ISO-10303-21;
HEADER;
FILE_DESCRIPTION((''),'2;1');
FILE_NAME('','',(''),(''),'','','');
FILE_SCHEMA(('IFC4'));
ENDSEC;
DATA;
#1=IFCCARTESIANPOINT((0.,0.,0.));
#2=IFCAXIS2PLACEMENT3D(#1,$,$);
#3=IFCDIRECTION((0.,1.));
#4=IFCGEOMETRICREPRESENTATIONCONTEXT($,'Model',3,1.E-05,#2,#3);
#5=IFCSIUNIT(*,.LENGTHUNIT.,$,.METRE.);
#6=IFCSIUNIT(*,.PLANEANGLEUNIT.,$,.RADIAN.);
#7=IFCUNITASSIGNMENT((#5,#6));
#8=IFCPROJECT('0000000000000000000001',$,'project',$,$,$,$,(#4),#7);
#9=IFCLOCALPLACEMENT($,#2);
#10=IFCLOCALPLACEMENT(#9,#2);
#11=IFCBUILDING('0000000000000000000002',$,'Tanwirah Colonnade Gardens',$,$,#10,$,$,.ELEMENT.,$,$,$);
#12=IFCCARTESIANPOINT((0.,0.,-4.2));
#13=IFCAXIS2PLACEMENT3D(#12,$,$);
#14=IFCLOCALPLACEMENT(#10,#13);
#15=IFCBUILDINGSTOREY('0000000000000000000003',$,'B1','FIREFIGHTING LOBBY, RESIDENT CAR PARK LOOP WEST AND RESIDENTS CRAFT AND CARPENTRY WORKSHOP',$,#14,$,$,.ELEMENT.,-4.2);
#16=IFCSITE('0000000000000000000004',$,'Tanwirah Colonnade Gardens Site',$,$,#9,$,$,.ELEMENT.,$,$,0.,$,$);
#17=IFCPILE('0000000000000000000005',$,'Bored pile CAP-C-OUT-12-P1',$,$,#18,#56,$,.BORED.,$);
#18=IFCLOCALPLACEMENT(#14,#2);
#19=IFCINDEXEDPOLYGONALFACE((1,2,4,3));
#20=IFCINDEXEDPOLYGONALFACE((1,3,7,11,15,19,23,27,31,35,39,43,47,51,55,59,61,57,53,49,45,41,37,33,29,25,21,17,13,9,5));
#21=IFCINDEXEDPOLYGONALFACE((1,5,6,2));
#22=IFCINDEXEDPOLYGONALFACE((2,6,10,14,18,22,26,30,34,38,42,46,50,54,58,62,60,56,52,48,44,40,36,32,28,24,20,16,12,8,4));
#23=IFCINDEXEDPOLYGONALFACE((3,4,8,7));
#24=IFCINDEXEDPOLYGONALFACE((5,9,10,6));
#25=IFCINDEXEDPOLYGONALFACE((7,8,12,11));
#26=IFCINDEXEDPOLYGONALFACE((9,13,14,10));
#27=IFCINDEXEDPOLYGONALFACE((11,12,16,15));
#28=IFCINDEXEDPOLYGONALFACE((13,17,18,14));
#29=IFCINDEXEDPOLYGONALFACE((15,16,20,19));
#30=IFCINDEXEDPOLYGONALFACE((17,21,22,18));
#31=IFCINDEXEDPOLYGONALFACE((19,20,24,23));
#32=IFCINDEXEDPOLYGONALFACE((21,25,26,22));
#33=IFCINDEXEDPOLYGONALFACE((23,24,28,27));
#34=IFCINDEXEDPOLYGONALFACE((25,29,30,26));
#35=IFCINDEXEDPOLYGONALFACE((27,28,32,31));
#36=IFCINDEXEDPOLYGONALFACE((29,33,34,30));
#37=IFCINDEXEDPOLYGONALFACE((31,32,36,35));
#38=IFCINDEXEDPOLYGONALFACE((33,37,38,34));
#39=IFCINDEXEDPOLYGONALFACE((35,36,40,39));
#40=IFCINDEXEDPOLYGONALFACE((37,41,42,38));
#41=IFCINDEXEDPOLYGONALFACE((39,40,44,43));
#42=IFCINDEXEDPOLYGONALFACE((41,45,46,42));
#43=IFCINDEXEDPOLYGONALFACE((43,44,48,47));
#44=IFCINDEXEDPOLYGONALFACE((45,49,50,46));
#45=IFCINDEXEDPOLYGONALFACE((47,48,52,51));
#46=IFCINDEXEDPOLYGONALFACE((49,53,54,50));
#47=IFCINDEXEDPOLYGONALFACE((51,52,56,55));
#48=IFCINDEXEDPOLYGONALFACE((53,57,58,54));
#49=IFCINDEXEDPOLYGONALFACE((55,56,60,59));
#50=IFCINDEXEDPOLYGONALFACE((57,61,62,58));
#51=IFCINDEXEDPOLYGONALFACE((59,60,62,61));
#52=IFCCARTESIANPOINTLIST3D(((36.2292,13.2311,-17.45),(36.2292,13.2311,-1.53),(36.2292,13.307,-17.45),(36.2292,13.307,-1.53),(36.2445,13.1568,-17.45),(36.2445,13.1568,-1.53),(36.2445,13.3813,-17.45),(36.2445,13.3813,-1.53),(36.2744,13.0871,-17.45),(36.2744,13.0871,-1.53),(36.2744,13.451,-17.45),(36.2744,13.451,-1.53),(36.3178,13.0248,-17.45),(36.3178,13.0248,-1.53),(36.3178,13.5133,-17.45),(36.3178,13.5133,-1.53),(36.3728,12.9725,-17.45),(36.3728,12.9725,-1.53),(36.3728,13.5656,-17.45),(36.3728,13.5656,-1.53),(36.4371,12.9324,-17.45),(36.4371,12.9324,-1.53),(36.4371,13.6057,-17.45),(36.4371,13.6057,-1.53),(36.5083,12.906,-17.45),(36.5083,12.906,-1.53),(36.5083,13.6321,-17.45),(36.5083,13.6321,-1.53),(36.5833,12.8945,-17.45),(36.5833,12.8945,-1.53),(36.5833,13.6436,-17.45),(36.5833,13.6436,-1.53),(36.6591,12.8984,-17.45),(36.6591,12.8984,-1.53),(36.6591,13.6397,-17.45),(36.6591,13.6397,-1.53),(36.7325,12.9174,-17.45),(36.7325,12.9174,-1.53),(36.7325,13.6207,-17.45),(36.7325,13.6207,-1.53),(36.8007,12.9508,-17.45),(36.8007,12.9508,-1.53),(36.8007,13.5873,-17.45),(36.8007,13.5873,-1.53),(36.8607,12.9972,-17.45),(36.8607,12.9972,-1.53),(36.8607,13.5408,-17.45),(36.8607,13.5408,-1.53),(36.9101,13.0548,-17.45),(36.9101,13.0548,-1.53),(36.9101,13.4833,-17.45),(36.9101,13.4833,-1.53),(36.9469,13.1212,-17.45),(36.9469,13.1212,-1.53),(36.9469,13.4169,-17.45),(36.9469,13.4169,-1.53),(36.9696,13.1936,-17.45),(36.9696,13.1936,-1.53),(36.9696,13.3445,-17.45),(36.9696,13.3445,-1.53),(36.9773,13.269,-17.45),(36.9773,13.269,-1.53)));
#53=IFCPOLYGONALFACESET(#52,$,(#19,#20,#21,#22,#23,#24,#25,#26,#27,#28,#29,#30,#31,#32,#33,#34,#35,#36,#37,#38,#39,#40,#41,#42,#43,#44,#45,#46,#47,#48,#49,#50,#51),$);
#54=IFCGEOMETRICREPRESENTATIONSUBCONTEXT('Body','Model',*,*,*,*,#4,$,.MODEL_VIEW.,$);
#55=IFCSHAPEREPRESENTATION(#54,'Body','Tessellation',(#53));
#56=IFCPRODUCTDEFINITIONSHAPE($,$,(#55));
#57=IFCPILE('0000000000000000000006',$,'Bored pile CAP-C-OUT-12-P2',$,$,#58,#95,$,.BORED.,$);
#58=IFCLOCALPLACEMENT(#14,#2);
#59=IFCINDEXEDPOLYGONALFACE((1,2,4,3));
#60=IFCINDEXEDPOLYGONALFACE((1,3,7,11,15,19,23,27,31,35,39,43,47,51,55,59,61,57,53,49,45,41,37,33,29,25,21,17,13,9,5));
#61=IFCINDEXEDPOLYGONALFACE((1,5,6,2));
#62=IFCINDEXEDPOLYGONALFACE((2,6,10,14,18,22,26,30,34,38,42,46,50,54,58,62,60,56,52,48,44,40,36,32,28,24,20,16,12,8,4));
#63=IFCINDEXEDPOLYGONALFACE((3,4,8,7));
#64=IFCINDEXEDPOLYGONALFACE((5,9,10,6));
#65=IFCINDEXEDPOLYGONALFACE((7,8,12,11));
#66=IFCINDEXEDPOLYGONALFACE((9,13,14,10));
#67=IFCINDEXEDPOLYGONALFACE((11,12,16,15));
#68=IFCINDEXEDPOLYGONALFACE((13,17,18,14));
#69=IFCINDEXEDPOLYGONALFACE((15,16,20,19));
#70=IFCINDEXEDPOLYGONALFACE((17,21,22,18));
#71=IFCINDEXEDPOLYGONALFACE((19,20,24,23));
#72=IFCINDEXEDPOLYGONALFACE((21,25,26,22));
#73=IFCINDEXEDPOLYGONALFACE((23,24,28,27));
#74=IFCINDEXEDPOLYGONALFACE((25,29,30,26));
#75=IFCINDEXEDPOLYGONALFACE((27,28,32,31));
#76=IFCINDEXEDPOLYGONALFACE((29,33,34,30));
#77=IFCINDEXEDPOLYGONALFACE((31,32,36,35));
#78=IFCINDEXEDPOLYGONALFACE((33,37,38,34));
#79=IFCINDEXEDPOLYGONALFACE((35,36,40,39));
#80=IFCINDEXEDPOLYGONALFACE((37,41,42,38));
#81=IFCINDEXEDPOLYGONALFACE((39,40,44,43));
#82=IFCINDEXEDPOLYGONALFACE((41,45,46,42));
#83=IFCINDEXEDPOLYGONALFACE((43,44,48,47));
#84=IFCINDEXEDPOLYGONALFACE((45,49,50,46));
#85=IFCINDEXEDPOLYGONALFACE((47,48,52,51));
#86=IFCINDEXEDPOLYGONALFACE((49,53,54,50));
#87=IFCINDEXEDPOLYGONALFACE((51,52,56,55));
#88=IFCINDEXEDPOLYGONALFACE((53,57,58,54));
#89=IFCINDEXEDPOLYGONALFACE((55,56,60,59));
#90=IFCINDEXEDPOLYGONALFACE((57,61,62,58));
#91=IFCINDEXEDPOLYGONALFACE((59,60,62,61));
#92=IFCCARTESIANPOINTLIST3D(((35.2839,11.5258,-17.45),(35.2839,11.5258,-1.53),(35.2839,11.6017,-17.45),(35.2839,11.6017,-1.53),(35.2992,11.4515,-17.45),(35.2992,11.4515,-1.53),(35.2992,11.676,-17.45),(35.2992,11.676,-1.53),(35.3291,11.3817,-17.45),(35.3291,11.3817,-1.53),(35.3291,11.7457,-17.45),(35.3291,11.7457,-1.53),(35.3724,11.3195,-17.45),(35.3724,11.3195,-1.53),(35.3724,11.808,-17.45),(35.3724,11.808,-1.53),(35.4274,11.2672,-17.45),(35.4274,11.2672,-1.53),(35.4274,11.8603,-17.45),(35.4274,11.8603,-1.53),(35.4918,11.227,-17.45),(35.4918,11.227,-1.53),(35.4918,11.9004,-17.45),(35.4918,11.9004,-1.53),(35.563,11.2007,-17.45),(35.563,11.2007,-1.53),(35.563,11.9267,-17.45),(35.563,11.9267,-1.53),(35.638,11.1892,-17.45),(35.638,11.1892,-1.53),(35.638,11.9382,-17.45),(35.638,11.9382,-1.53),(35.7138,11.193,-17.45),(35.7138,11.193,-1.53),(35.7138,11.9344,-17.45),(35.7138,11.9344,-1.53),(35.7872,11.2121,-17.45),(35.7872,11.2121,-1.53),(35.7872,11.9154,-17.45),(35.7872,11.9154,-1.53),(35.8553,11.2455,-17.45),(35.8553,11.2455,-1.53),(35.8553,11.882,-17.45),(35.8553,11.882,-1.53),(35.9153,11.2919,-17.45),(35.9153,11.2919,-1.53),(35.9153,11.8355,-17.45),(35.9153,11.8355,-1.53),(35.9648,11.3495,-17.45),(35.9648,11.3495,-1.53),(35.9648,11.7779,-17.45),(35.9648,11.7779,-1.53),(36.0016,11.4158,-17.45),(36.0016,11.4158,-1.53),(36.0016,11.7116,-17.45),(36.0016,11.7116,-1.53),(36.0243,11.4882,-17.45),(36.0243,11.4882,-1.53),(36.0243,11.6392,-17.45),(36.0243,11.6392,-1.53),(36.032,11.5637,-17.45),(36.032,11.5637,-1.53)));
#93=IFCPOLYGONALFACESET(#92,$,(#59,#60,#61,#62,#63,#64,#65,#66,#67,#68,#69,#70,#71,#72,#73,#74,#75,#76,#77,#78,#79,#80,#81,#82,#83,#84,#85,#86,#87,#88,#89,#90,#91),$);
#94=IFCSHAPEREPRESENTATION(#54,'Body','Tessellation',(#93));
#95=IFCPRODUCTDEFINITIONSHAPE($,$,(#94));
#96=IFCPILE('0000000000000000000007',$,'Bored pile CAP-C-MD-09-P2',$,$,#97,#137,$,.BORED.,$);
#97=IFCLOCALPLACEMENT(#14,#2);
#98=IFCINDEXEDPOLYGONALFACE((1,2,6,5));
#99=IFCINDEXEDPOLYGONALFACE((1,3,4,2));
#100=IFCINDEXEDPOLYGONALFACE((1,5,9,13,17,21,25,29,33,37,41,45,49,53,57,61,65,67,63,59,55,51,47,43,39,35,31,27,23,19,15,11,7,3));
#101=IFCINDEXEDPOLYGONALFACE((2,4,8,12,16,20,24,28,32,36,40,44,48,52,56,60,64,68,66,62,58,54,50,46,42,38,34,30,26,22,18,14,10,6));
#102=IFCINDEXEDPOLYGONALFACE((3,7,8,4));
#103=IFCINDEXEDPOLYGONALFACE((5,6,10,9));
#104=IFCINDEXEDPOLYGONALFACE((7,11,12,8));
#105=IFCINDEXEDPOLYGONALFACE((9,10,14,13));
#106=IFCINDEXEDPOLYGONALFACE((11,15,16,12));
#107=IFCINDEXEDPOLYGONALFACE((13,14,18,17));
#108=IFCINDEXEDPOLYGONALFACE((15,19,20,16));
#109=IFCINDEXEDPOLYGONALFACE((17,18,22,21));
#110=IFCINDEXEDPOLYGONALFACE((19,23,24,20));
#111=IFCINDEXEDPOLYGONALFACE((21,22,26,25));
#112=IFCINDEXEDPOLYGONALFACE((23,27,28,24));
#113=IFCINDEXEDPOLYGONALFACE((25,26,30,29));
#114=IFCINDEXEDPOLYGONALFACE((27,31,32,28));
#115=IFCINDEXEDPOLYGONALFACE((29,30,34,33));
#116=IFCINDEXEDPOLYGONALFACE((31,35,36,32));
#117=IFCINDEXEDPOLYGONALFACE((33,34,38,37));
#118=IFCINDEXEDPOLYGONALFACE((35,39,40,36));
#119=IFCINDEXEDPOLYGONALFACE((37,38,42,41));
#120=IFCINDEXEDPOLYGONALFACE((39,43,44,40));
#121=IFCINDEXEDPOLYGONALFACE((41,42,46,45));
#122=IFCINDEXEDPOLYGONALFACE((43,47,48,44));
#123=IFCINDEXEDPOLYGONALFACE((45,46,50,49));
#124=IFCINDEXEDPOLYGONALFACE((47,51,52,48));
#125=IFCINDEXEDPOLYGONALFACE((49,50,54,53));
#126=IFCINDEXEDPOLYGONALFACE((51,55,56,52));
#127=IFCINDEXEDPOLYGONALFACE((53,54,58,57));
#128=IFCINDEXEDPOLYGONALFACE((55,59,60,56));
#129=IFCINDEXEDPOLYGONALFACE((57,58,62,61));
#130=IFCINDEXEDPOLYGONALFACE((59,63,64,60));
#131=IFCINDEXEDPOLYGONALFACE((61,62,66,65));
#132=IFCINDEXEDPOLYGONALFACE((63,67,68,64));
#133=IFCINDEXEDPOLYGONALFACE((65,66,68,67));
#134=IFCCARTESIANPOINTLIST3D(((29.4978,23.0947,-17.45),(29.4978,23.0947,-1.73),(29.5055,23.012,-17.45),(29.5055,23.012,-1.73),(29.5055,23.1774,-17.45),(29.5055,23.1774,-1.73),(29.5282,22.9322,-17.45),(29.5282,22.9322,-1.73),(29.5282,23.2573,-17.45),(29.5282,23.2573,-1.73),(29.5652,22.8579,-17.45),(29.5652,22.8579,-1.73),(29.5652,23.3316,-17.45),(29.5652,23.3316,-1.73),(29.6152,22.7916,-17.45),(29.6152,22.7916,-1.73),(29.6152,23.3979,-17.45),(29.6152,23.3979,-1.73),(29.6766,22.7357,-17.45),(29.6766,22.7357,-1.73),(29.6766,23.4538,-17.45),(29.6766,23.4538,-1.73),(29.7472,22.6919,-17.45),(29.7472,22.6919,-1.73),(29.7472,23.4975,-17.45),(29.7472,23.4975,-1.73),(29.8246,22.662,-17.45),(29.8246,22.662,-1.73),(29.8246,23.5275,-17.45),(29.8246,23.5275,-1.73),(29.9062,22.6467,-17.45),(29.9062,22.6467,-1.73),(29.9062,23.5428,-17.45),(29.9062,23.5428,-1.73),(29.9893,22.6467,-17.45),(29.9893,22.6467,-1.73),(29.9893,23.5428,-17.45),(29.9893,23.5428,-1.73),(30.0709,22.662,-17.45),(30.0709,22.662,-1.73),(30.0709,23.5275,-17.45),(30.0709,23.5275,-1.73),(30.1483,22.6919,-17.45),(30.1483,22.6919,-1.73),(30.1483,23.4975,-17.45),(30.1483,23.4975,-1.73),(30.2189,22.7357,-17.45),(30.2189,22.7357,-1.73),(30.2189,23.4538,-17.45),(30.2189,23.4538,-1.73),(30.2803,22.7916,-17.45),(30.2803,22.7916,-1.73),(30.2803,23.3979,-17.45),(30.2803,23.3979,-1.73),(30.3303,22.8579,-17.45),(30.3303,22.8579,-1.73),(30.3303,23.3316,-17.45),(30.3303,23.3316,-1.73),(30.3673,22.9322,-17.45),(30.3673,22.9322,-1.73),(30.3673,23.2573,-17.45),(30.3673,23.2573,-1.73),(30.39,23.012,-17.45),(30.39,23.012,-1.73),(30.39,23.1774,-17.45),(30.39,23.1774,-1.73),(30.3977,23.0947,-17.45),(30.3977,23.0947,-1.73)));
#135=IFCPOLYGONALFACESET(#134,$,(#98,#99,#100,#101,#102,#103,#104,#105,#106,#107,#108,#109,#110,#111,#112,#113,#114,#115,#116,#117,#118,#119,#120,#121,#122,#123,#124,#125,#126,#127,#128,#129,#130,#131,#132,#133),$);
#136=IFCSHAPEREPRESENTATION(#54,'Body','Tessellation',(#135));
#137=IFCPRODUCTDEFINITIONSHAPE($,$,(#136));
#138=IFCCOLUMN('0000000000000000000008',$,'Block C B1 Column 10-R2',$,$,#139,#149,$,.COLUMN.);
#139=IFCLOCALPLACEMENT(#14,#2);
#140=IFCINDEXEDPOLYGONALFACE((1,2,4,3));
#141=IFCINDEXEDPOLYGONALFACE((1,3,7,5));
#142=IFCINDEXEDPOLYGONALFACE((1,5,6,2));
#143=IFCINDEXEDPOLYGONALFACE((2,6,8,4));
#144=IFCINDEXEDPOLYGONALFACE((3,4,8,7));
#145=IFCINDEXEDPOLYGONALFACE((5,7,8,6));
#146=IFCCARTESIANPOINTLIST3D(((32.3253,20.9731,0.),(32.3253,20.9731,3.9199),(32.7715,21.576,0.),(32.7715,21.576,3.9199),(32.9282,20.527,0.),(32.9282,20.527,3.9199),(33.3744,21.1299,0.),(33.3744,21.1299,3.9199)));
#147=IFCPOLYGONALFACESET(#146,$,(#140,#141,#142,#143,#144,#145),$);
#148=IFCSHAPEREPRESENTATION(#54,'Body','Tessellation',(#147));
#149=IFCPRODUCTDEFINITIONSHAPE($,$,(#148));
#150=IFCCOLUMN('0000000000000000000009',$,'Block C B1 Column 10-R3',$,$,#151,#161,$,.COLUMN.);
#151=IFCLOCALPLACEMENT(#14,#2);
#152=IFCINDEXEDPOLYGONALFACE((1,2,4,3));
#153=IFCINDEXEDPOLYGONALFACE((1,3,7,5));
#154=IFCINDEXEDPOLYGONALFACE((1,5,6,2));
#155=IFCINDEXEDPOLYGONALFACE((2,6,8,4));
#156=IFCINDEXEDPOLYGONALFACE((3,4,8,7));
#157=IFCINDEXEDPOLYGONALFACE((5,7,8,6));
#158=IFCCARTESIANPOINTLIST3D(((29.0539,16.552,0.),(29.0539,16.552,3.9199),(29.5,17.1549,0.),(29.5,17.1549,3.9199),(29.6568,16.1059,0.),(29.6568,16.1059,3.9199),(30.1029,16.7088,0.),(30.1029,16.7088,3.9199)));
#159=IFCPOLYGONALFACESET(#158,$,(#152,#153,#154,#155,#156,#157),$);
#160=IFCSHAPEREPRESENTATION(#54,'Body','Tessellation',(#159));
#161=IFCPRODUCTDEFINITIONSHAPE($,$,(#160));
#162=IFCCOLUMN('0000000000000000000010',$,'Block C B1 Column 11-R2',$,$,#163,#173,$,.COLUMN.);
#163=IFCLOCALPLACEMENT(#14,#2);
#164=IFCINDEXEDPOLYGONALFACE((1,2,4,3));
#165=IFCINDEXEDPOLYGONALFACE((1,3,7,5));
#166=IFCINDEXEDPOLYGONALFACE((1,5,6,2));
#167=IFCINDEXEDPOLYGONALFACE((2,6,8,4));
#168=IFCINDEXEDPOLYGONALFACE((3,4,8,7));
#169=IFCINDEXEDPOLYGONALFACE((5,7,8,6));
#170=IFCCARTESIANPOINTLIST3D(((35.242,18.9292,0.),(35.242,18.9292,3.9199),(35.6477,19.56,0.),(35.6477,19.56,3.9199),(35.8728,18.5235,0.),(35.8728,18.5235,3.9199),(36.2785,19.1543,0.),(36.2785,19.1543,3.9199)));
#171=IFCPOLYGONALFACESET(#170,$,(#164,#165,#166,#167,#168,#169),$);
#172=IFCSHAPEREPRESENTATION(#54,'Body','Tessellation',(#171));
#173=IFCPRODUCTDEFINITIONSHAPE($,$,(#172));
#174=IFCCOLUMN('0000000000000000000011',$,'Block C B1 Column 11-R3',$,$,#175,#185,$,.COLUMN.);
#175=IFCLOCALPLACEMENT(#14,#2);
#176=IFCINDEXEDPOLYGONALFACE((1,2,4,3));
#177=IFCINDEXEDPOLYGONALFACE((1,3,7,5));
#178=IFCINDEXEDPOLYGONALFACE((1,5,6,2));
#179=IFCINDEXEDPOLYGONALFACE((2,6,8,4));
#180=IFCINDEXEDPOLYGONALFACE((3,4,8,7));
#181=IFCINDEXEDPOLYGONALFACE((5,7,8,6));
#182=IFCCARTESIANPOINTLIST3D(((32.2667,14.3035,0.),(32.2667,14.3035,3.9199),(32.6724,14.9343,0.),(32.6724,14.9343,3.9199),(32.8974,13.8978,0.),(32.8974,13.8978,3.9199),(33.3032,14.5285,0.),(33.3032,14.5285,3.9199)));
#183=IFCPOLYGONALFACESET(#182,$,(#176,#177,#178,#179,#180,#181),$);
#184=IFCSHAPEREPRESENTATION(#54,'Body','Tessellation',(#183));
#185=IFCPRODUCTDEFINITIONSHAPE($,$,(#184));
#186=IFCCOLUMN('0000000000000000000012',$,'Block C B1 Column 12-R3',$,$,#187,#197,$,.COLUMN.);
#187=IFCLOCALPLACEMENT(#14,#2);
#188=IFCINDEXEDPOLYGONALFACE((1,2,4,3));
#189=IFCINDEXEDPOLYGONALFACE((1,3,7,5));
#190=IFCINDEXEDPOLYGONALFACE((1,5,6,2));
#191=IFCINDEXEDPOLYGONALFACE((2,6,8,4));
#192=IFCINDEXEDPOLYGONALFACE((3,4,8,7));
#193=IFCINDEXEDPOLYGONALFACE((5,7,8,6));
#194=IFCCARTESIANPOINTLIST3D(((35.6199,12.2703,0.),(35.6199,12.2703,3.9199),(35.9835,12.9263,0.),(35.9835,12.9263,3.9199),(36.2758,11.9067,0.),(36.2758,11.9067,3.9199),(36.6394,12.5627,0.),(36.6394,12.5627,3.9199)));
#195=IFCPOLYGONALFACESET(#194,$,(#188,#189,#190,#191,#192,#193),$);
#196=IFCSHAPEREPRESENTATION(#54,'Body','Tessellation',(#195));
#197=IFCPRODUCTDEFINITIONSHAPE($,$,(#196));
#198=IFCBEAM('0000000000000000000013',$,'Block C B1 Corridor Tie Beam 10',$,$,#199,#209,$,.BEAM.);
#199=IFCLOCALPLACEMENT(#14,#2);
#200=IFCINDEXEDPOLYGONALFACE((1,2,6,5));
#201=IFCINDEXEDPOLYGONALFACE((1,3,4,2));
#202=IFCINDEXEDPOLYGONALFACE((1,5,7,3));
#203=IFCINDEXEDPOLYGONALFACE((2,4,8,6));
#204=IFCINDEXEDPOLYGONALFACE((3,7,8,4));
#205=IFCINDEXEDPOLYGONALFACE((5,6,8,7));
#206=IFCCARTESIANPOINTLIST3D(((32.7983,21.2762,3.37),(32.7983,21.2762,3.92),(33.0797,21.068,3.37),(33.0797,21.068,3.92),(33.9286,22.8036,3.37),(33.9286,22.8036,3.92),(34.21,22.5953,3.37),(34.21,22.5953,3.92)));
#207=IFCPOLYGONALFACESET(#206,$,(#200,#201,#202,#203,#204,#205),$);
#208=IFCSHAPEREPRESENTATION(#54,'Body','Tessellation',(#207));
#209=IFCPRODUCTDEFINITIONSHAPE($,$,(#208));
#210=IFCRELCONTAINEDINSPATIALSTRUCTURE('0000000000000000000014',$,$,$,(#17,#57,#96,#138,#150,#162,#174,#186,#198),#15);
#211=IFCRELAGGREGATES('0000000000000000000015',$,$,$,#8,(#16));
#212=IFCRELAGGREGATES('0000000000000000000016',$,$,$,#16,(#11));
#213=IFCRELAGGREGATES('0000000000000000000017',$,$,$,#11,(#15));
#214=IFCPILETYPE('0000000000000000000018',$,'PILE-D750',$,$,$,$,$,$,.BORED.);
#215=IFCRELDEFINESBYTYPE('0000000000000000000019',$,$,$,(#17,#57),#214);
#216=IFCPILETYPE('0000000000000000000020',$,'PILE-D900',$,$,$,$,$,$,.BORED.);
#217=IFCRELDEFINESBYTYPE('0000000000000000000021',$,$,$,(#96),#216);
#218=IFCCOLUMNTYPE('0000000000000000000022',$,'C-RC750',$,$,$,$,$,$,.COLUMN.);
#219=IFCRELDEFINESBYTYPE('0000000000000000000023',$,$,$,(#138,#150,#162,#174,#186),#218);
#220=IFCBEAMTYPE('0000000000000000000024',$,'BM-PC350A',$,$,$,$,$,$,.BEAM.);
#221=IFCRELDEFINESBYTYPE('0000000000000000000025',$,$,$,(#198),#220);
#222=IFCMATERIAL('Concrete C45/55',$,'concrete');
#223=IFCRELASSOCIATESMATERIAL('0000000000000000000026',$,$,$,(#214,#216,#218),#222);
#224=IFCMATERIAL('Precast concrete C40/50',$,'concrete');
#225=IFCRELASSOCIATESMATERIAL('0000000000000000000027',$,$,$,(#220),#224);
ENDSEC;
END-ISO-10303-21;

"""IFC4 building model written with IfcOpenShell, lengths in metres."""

from ifc_helpers import new_model, si_unit, direction, frame, origin, origin_2d, place, context, subcontext, project, spatial, rectangle, circle, extrude, material, material_profile, profile_set, type_object, element, save


model = new_model("IFC4")

# Units and contexts
model_context = context("Model", 3, precision=1e-05, world=origin(), true_north=direction((0.0, 1.0)))
body_context = subcontext(model_context, "Body", "Model", "MODEL_VIEW")
ifc_project = project(units=[si_unit("LENGTHUNIT", "METRE"), si_unit("PLANEANGLEUNIT", "RADIAN")], contexts=[model_context])

# Site, building, storey
site_placement = place(None, origin())
site = spatial("IfcSite", under=ifc_project, at=site_placement, Name="Tanwirah Colonnade Gardens Site", CompositionType="ELEMENT", RefElevation=0.0)
building_placement = place(site_placement, origin())
building = spatial("IfcBuilding", under=site, at=building_placement, Name="Tanwirah Colonnade Gardens", CompositionType="ELEMENT")
storey_placement = place(building_placement, frame((0.0, 0.0, -4.2)))
storey = spatial("IfcBuildingStorey", under=building, at=storey_placement, Name="B1", Description="FIREFIGHTING LOBBY, RESIDENT CAR PARK LOOP WEST AND RESIDENTS CRAFT AND CARPENTRY WORKSHOP", CompositionType="ELEMENT", Elevation=-4.2)

# Shared definitions
ifc_material_1 = material(Name="Concrete C45/55", Category="concrete")

# Piles
ifc_material_profile_1 = material_profile(ifc_material_1, circle(Radius=0.375, at=origin_2d()), Name="PILE D750")
ifc_profile_set_1 = profile_set([ifc_material_profile_1], Name="Concrete C45/55")
pile_type_1 = type_object("IfcPileType", Name="PILE-D750", PredefinedType="BORED", material=ifc_profile_set_1)
for number, where, z_axis, x_axis, name in (
    (1, (36.6023, 13.269, -1.53), (0.0, 0.0, -1.0), (1.0, 0.0, 0.0), "Bored pile CAP-C-OUT-12-P1"),
    (2, (35.657, 11.5637, -1.53), (0.0, 0.0, -1.0), (1.0, 0.0, 0.0), "Bored pile CAP-C-OUT-12-P2"),
):
    element("IfcPile", number, at=place(storey_placement, frame(where, z_axis=z_axis, x_axis=x_axis)), inside=storey, type_object=pile_type_1, Name=name, PredefinedType="BORED", context=body_context, shape_type="SweptSolid", body=[
        extrude(circle(Radius=0.375, at=origin_2d()), origin(), (0.0, 0.0, 1.0), 15.9199),
    ])
ifc_material_profile_2 = material_profile(ifc_material_1, circle(Radius=0.45, at=origin_2d()), Name="PILE D900")
ifc_profile_set_2 = profile_set([ifc_material_profile_2], Name="Concrete C45/55")
pile_type_2 = type_object("IfcPileType", Name="PILE-D900", PredefinedType="BORED", material=ifc_profile_set_2)
pile_placement = place(storey_placement, frame((29.9478, 23.0947, -1.73), z_axis=(0.0, 0.0, -1.0), x_axis=(1.0, 0.0, 0.0)))
element("IfcPile", 3, at=pile_placement, inside=storey, type_object=pile_type_2, Name="Bored pile CAP-C-MD-09-P2", PredefinedType="BORED", context=body_context, shape_type="SweptSolid", body=[
    extrude(circle(Radius=0.45, at=origin_2d()), origin(), (0.0, 0.0, 1.0), 15.72),
])

# Columns
ifc_material_profile_3 = material_profile(ifc_material_1, rectangle(XDim=0.75, YDim=0.75, at=origin_2d()), Name="RC-COL 750x750")
ifc_profile_set_3 = profile_set([ifc_material_profile_3], Name="Concrete C45/55")
column_type = type_object("IfcColumnType", Name="C-RC750", PredefinedType="COLUMN", material=ifc_profile_set_3)
for number, where, z_axis, x_axis, name in (
    (4, (32.8499, 21.0515, 0.0), (0.0, 0.0, 1.0), (-0.594823, -0.803857, 0.0), "Block C B1 Column 10-R2"),
    (5, (29.5784, 16.6304, 0.0), (0.0, 0.0, 1.0), (-0.594823, -0.803857, 0.0), "Block C B1 Column 10-R3"),
    (6, (35.7603, 19.0417, 0.0), (0.0, 0.0, 1.0), (-0.540974, -0.841039, 0.0), "Block C B1 Column 11-R2"),
    (7, (32.7849, 14.416, 0.0), (0.0, 0.0, 1.0), (-0.540974, -0.841039, 0.0), "Block C B1 Column 11-R3"),
    (8, (36.1296, 12.4165, 0.0), (0.0, 0.0, 1.0), (-0.48481, -0.87462, 0.0), "Block C B1 Column 12-R3"),
):
    element("IfcColumn", number, at=place(storey_placement, frame(where, z_axis=z_axis, x_axis=x_axis)), inside=storey, type_object=column_type, Name=name, PredefinedType="COLUMN", context=body_context, shape_type="SweptSolid", body=[
        extrude(rectangle(XDim=0.75, YDim=0.75, at=origin_2d()), origin(), (0.0, 0.0, 1.0), 3.9199),
    ])

# Beam
ifc_material_2 = material(Name="Precast concrete C40/50", Category="concrete")
ifc_material_profile_4 = material_profile(ifc_material_2, rectangle(XDim=0.3501, YDim=0.55, at=origin_2d()), Name="PC-BM 350x550")
ifc_profile_set_4 = profile_set([ifc_material_profile_4], Name="Precast concrete C40/50")
beam_type_1 = type_object("IfcBeamType", Name="BM-PC350A", PredefinedType="BEAM", material=ifc_profile_set_4)
beam_1_placement = place(storey_placement, frame((34.0693, 22.6995, 3.645), z_axis=(-0.594889, -0.803807, 0.0), x_axis=(0.803807, -0.594889, 0.0)))
element("IfcBeam", 9, at=beam_1_placement, inside=storey, type_object=beam_type_1, Name="Block C B1 Corridor Tie Beam 10", PredefinedType="BEAM", context=body_context, shape_type="SweptSolid", body=[
    extrude(rectangle(XDim=0.3501, YDim=0.55, at=origin_2d()), origin(), (0.0, 0.0, 1.0), 1.9001),
])

save(model, "model.ifc")
